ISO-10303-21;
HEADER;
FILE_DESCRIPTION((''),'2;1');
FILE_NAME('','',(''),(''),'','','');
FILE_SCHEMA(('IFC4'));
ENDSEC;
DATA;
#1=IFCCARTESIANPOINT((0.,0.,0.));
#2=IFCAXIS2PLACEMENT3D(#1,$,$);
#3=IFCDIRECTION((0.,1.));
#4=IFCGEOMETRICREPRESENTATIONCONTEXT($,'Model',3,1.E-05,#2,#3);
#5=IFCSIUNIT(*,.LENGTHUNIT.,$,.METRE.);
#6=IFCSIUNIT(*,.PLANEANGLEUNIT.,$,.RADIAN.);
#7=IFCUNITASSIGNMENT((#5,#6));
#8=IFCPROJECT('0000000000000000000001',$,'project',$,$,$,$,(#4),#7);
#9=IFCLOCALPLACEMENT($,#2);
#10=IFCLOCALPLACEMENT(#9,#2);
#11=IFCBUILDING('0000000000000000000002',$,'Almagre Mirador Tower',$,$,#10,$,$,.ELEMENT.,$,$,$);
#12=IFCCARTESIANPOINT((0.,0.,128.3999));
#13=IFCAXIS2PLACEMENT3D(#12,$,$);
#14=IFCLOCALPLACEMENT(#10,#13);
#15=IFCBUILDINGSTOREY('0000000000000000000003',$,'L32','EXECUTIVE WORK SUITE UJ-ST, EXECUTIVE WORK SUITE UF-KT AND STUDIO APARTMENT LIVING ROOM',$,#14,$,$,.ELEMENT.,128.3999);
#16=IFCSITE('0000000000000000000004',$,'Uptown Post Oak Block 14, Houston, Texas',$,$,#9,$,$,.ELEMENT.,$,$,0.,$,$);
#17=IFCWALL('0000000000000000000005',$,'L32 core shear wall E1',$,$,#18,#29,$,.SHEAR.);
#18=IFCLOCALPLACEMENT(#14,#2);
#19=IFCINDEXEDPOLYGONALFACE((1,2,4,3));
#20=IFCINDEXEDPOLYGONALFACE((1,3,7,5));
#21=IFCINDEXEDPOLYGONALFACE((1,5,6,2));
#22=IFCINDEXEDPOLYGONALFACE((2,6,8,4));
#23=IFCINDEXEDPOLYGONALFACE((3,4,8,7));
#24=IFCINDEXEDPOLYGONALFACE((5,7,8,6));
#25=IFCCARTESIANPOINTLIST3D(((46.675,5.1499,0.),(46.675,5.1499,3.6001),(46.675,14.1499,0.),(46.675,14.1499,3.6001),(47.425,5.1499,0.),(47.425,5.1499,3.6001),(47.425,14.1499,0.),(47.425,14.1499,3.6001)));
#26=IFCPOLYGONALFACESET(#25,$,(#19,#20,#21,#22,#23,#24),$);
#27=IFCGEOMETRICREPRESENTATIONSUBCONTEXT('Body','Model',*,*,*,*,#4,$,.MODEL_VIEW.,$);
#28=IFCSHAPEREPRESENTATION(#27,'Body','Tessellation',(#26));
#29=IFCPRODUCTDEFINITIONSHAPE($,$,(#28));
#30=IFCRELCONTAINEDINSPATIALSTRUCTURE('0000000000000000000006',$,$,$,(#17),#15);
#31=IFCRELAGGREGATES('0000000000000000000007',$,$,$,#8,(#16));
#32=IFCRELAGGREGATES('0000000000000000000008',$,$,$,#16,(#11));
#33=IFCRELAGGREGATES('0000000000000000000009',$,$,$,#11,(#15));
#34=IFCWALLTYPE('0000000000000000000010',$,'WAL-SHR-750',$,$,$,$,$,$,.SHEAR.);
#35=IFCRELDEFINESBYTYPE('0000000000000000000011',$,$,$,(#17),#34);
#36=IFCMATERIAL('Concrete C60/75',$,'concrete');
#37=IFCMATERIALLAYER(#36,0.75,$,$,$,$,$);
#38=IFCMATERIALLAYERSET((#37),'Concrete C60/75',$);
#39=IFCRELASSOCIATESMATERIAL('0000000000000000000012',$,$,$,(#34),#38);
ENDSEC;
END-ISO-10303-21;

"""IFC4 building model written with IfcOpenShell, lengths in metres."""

from ifc_helpers import new_model, si_unit, direction, frame, frame_2d, origin, place, context, subcontext, project, spatial, rectangle, extrude, material, layer, layer_set, type_object, element, save


model = new_model("IFC4")

# Units and contexts
model_context = context("Model", 3, precision=1e-05, world=origin(), true_north=direction((0.0, 1.0)))
body_context = subcontext(model_context, "Body", "Model", "MODEL_VIEW")
ifc_project = project(units=[si_unit("LENGTHUNIT", "METRE"), si_unit("PLANEANGLEUNIT", "RADIAN")], contexts=[model_context])

# Site, building, storey
site_placement = place(None, origin())
site = spatial("IfcSite", under=ifc_project, at=site_placement, Name="Uptown Post Oak Block 14, Houston, Texas", CompositionType="ELEMENT", RefElevation=0.0)
building_placement = place(site_placement, origin())
building = spatial("IfcBuilding", under=site, at=building_placement, Name="Almagre Mirador Tower", CompositionType="ELEMENT")
storey_placement = place(building_placement, frame((0.0, 0.0, 128.3999)))
storey = spatial("IfcBuildingStorey", under=building, at=storey_placement, Name="L32", Description="EXECUTIVE WORK SUITE UJ-ST, EXECUTIVE WORK SUITE UF-KT AND STUDIO APARTMENT LIVING ROOM", CompositionType="ELEMENT", Elevation=128.3999)

# Wall
ifc_material_1 = material(Name="Concrete C60/75", Category="concrete")
ifc_layer_1 = layer(ifc_material_1, 0.75)
ifc_layer_set_1 = layer_set([ifc_layer_1], Name="Concrete C60/75")
wall_type_1 = type_object("IfcWallType", Name="WAL-SHR-750", PredefinedType="SHEAR", material=ifc_layer_set_1)
wall_1_placement = place(storey_placement, frame((47.05, 5.1499, 0.0), z_axis=(0.0, 0.0, 1.0), x_axis=(0.0, 1.0, 0.0)))
element("IfcWall", 1, at=wall_1_placement, inside=storey, type_object=wall_type_1, Name="L32 core shear wall E1", PredefinedType="SHEAR", context=body_context, shape_type="SweptSolid", body=[
    extrude(rectangle(XDim=9.0, YDim=0.75, at=frame_2d((4.5, 0.0))), origin(), (0.0, 0.0, 1.0), 3.6001),
])

save(model, "model.ifc")
